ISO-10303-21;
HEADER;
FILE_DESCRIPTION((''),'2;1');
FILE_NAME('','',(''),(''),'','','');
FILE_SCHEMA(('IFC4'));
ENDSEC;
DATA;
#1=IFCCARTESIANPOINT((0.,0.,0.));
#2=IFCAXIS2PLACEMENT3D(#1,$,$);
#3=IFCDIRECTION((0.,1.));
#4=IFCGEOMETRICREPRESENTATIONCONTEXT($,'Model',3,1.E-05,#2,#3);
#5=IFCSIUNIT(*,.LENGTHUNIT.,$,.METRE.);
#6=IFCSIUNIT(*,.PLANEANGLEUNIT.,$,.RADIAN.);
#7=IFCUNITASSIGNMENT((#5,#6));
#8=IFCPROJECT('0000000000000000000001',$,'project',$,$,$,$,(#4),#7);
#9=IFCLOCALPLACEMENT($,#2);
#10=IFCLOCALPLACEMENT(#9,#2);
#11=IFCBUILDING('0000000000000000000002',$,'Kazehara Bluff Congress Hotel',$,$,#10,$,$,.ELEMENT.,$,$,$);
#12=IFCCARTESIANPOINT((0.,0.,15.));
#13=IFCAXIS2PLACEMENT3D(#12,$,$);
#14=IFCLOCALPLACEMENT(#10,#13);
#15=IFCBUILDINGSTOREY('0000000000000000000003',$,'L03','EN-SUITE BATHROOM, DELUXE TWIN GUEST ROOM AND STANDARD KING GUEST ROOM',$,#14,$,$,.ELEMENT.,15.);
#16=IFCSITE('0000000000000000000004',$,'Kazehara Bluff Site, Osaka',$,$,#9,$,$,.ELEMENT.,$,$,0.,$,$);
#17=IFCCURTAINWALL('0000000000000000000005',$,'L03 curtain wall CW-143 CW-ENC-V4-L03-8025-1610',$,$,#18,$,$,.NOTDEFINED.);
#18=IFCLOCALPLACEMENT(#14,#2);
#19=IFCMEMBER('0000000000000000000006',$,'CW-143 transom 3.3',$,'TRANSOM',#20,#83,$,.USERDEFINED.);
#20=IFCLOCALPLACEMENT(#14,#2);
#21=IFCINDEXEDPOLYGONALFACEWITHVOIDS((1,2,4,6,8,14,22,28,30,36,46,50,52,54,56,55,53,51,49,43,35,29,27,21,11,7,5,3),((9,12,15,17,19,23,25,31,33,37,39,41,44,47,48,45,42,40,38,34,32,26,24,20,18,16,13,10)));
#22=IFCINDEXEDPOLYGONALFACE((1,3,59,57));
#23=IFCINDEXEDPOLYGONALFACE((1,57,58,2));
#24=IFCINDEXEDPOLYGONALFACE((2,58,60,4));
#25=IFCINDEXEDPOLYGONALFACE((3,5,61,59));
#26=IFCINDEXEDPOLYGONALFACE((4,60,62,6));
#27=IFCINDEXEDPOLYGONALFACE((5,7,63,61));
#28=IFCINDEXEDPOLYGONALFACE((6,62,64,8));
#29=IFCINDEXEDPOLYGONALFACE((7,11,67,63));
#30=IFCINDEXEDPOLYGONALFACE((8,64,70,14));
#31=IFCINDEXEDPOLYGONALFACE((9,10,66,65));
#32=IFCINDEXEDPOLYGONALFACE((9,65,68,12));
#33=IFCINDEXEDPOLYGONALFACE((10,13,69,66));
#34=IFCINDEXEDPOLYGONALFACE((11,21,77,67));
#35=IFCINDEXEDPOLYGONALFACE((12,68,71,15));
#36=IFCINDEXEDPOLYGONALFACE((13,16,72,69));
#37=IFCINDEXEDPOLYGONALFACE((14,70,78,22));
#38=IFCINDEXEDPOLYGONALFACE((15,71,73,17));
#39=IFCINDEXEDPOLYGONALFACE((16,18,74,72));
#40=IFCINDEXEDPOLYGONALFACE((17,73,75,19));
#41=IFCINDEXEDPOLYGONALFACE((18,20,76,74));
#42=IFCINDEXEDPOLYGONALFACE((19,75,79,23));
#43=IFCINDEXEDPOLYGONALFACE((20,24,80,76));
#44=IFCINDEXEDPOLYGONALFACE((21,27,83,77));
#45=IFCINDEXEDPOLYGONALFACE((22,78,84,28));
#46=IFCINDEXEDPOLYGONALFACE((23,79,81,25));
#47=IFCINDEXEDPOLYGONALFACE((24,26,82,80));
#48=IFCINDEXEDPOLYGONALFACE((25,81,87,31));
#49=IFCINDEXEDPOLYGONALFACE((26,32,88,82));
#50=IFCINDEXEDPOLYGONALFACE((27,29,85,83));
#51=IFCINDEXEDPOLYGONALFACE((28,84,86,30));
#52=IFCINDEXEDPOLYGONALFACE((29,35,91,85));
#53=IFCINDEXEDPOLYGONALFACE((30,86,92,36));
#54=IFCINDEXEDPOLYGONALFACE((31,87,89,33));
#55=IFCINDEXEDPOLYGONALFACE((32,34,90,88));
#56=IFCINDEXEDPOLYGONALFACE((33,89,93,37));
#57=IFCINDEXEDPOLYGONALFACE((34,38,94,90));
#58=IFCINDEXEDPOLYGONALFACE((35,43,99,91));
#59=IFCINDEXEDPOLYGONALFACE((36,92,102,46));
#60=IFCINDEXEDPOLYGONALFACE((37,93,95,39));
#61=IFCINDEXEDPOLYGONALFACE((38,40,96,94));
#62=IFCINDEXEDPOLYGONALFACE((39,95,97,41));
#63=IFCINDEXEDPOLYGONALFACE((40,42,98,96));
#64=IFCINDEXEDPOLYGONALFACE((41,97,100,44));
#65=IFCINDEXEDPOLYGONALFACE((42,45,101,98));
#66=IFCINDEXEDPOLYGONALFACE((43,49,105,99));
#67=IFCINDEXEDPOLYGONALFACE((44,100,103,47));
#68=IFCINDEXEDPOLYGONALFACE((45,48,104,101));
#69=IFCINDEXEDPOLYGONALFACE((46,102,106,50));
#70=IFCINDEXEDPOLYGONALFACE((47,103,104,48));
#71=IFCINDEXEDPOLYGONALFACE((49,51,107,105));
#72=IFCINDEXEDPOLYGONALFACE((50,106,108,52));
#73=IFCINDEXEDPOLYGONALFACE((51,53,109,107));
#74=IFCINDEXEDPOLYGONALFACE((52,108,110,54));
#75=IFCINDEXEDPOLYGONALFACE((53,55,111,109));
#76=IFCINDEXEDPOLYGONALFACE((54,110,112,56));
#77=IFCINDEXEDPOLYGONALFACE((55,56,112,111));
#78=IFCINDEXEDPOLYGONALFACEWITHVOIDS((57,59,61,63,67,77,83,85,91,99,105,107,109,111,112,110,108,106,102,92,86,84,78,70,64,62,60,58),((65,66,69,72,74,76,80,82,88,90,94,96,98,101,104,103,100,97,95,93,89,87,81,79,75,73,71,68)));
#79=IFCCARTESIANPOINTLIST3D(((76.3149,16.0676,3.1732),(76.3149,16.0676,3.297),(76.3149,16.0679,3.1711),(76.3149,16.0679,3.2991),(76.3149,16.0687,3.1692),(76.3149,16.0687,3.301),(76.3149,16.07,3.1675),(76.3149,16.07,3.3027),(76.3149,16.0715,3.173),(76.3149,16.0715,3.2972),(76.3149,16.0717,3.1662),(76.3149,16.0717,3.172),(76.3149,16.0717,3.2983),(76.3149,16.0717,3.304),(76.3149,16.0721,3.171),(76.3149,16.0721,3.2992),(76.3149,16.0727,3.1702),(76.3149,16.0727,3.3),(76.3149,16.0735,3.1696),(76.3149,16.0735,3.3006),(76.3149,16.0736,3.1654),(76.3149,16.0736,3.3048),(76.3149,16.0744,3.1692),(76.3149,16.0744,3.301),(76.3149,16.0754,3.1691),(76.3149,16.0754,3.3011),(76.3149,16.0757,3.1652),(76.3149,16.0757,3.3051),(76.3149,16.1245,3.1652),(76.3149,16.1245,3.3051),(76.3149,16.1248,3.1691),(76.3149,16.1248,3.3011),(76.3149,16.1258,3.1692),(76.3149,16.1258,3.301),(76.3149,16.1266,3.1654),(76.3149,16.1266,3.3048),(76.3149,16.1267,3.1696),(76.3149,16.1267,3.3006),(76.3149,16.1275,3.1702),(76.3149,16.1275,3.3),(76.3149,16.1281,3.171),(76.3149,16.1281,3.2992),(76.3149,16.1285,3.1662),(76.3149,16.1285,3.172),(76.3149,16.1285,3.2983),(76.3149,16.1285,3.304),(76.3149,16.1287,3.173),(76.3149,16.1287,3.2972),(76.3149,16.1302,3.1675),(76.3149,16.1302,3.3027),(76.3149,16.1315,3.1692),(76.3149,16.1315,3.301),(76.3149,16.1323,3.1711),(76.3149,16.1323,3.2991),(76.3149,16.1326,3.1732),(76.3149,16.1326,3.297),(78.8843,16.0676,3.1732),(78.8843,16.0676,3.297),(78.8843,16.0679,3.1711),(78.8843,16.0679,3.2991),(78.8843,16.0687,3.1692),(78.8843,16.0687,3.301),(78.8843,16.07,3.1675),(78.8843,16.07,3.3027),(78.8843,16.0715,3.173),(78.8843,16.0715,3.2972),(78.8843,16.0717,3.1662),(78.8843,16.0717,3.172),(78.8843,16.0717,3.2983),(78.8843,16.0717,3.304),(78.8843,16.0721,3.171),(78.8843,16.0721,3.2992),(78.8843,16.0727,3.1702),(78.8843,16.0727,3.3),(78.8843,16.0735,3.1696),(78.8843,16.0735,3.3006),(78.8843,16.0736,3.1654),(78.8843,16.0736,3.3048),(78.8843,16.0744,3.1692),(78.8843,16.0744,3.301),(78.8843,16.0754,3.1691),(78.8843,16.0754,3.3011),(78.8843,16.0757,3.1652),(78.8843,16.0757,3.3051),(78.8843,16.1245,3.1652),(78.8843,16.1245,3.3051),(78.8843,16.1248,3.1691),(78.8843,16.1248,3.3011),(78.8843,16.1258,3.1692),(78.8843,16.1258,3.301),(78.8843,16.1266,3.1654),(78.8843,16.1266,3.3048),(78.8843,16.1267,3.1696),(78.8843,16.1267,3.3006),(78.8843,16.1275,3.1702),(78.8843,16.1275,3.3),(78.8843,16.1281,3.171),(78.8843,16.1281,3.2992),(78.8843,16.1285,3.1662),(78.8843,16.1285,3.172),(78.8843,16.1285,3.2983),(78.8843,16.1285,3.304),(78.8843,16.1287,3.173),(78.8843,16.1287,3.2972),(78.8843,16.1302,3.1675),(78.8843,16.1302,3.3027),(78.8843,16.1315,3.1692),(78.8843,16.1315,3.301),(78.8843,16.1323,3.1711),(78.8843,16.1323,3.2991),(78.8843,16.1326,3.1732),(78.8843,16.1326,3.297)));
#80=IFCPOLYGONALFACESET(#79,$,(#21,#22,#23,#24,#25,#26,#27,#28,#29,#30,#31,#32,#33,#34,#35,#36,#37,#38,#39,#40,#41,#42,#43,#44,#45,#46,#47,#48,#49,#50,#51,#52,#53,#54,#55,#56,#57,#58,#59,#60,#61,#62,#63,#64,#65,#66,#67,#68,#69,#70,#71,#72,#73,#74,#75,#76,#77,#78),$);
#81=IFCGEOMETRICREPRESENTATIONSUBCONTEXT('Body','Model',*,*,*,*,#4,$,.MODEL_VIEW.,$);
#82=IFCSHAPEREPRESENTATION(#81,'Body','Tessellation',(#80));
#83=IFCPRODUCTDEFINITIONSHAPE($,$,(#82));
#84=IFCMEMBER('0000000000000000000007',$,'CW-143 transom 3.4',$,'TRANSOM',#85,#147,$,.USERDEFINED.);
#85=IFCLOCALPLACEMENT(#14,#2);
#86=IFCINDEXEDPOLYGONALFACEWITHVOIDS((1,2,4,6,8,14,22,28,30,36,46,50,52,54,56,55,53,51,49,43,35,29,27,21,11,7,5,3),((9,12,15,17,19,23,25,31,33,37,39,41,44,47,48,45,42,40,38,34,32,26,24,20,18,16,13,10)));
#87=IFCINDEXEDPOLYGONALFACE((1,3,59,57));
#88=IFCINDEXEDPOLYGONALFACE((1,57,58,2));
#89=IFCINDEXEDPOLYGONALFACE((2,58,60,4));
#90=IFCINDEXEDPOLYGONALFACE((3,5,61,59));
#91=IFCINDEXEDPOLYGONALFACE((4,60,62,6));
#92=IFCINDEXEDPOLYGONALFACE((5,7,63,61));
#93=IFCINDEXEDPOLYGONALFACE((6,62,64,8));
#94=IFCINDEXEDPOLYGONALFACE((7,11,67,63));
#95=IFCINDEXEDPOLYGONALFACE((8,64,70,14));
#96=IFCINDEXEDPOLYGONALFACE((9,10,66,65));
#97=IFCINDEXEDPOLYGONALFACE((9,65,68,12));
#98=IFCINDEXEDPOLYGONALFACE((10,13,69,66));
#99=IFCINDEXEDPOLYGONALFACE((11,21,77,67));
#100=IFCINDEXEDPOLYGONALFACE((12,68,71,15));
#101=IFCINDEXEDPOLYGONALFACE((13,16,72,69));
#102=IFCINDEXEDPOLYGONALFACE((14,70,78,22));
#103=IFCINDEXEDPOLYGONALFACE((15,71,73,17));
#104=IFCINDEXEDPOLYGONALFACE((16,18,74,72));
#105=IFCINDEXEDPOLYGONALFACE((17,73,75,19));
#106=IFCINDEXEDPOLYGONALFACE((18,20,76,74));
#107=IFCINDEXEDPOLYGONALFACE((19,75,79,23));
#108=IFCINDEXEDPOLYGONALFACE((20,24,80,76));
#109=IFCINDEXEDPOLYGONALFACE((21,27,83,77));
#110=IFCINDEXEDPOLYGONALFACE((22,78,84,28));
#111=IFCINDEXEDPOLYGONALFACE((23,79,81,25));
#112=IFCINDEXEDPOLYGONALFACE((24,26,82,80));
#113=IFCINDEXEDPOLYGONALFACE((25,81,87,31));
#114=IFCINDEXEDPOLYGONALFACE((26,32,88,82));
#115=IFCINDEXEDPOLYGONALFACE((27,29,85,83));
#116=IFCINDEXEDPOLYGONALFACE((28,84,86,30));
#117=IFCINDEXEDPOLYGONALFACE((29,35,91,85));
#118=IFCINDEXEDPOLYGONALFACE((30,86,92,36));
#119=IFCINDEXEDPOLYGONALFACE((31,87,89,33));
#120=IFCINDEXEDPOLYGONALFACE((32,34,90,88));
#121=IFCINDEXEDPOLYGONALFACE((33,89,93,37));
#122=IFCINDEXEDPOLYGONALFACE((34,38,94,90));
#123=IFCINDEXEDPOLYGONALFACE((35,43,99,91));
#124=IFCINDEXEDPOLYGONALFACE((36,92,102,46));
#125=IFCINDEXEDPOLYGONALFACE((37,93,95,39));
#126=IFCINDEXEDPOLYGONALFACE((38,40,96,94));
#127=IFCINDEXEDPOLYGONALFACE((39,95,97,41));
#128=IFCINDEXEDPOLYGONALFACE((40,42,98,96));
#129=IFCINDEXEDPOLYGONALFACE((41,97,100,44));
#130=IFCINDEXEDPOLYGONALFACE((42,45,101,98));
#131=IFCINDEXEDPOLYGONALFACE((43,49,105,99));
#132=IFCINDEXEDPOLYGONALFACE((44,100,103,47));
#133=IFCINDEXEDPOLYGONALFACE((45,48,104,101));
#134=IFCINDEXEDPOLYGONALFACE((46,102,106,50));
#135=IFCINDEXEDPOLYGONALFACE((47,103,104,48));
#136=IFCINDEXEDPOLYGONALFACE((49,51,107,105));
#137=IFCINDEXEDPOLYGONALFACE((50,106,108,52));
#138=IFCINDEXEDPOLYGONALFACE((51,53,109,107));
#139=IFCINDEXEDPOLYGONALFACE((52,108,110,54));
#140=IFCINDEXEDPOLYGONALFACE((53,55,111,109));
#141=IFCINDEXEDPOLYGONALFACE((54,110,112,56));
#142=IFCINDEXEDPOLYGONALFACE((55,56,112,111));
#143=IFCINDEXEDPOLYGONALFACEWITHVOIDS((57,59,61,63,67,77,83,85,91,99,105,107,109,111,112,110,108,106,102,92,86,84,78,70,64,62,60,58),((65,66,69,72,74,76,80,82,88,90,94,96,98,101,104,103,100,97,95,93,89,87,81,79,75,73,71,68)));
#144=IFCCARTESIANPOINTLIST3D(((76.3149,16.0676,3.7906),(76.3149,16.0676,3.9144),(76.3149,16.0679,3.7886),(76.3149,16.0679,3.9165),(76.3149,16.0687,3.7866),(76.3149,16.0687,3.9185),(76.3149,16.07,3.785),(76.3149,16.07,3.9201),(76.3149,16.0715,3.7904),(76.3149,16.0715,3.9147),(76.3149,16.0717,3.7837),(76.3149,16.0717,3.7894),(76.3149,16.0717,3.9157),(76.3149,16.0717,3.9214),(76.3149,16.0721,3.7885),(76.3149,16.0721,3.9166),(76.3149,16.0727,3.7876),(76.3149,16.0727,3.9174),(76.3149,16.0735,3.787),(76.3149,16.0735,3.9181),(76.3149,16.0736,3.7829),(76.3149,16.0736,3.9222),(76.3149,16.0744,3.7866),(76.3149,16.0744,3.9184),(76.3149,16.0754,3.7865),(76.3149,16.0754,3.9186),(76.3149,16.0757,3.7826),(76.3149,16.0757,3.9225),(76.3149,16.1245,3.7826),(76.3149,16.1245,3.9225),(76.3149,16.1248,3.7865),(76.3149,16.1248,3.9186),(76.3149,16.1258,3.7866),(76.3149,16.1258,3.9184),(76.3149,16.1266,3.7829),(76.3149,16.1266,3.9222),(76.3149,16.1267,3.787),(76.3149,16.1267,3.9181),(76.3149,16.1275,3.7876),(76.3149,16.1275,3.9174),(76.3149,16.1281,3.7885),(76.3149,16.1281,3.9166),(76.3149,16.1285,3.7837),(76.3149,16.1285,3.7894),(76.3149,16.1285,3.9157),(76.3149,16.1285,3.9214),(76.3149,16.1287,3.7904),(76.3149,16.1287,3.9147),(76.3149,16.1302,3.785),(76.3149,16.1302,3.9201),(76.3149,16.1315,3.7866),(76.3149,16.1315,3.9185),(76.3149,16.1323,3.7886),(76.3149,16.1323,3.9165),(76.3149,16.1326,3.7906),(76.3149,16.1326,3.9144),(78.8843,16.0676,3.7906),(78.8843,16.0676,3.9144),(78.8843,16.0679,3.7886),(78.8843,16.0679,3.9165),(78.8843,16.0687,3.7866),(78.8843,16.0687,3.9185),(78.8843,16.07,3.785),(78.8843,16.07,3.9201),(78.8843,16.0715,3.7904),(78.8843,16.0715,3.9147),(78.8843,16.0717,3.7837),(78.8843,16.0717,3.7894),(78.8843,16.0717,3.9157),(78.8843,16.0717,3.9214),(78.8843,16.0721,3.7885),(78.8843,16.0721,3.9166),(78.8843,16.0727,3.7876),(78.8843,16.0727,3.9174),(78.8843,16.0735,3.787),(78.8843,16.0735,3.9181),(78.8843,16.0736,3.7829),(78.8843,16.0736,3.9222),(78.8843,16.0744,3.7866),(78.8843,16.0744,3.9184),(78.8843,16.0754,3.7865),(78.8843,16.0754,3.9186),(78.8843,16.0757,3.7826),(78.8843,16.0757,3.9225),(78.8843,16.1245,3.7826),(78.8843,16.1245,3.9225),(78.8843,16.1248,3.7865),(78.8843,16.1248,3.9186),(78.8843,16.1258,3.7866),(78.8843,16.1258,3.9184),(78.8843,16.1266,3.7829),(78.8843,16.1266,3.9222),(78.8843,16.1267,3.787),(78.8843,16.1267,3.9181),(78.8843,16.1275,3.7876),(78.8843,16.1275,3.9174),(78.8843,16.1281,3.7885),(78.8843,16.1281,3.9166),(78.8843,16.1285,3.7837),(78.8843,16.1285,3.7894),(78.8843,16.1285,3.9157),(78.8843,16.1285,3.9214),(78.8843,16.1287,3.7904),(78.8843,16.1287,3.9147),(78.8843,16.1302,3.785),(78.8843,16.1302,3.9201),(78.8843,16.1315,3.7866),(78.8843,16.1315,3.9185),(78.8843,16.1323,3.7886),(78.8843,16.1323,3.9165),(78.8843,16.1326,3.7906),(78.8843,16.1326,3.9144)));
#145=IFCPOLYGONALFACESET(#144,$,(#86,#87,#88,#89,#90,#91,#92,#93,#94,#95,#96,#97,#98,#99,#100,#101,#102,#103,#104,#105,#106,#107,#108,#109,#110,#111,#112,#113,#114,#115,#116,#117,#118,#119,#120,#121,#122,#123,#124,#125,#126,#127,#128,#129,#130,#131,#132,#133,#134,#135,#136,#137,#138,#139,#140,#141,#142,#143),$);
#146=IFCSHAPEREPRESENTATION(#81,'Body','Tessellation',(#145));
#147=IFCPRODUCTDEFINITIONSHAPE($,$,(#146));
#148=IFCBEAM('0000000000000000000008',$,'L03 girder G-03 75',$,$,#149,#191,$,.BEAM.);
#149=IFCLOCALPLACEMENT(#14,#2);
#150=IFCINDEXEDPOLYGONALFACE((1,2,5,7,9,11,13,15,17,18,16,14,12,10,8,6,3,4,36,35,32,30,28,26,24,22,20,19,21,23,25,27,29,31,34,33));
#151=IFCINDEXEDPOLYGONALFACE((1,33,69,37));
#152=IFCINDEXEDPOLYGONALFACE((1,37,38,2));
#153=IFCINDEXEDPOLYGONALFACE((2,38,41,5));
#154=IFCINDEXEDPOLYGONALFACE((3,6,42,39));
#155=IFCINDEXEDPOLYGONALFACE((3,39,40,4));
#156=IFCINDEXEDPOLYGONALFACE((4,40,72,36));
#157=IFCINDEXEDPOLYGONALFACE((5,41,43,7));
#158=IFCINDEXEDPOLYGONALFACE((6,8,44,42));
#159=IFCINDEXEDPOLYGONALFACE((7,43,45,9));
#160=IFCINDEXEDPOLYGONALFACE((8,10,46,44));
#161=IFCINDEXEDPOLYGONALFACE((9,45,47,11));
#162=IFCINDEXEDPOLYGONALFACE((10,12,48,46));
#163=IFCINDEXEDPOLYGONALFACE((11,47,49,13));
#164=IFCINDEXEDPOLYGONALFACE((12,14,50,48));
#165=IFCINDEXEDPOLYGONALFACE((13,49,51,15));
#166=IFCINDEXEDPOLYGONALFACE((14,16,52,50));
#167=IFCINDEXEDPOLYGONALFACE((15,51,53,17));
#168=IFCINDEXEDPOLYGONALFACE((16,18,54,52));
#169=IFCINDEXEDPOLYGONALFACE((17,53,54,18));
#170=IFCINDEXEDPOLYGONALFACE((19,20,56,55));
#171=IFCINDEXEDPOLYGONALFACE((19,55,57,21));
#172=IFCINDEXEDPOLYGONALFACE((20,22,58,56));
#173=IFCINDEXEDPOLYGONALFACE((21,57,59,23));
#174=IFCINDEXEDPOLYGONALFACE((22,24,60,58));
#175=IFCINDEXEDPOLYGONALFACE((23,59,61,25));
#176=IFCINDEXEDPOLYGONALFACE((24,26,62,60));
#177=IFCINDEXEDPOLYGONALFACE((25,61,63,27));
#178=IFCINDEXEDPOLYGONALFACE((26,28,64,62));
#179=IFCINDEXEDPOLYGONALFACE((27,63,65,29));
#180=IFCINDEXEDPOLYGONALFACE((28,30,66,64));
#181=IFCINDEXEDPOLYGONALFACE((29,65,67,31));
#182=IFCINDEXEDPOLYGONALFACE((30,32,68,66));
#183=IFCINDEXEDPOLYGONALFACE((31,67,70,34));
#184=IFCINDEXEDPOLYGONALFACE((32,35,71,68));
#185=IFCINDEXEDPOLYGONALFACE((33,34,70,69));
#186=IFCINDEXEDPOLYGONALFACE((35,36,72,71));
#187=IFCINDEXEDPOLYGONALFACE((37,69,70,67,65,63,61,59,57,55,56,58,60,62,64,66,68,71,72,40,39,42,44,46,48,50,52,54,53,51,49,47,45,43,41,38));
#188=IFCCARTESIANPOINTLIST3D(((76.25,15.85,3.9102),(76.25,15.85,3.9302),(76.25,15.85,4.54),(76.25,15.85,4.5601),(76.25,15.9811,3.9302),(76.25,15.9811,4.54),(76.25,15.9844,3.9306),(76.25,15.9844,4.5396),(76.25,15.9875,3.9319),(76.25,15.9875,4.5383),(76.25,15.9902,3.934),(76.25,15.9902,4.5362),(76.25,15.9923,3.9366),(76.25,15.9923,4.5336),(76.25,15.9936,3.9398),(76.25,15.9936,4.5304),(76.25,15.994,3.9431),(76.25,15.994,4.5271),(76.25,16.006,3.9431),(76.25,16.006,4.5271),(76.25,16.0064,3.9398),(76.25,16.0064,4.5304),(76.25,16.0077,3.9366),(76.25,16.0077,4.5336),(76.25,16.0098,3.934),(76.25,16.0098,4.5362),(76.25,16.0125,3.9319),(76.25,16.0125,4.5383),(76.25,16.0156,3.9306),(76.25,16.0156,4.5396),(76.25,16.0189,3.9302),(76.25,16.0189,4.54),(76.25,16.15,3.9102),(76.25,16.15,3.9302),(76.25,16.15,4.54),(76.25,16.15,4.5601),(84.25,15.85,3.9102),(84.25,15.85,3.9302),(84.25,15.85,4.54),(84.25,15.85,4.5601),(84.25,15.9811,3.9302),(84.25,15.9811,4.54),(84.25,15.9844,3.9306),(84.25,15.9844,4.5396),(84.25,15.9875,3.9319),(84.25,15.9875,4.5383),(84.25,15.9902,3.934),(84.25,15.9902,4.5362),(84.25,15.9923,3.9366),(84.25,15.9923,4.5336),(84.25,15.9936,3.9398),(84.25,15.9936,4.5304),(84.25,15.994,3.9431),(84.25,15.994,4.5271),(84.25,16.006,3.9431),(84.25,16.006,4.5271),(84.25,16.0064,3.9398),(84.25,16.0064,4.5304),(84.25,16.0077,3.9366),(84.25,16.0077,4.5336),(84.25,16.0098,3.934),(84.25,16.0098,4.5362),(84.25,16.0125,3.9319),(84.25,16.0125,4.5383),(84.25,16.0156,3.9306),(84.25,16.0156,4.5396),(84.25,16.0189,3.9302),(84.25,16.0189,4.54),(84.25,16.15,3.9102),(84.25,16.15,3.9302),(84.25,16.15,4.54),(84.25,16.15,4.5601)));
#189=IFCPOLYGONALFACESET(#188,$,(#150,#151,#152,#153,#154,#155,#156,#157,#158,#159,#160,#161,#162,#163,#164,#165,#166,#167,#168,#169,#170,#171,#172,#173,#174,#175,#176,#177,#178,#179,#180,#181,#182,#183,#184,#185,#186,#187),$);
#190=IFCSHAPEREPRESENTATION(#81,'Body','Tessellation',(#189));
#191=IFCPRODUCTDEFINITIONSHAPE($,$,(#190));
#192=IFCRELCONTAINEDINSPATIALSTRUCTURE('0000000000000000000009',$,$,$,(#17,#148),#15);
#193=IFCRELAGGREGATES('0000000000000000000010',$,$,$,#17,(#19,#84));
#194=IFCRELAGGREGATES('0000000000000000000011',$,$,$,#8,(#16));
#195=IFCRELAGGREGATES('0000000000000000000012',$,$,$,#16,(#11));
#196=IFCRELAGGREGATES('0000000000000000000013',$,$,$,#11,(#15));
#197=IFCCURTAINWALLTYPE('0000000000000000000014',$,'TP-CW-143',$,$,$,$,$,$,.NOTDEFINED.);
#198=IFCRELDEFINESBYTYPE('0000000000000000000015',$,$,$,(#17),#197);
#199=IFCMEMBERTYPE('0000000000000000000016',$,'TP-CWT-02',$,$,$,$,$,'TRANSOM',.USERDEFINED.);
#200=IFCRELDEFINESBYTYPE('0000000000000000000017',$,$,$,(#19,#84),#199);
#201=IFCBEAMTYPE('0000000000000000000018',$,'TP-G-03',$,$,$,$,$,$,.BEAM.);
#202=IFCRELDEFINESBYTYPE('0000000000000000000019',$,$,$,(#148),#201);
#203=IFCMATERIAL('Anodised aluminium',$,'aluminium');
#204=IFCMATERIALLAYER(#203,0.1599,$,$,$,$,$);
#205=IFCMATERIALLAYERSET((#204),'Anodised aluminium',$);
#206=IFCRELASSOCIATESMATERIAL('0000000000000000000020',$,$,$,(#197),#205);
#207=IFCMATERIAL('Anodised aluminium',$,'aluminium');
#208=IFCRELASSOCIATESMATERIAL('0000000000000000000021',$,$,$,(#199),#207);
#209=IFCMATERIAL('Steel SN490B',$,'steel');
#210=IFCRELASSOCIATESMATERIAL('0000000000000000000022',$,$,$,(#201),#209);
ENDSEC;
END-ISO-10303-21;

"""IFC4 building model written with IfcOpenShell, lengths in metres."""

from ifc_helpers import new_model, si_unit, direction, frame, origin, origin_2d, place, context, subcontext, project, spatial, hollow_rectangle, i_section, extrude, material, layer, layer_set, material_profile, profile_set, type_object, element, aggregate, save


model = new_model("IFC4")

# Units and contexts
model_context = context("Model", 3, precision=1e-05, world=origin(), true_north=direction((0.0, 1.0)))
body_context = subcontext(model_context, "Body", "Model", "MODEL_VIEW")
ifc_project = project(units=[si_unit("LENGTHUNIT", "METRE"), si_unit("PLANEANGLEUNIT", "RADIAN")], contexts=[model_context])

# Site, building, storey
site_placement = place(None, origin())
site = spatial("IfcSite", under=ifc_project, at=site_placement, Name="Kazehara Bluff Site, Osaka", CompositionType="ELEMENT", RefElevation=0.0)
building_placement = place(site_placement, origin())
building = spatial("IfcBuilding", under=site, at=building_placement, Name="Kazehara Bluff Congress Hotel", CompositionType="ELEMENT")
storey_placement = place(building_placement, frame((0.0, 0.0, 15.0)))
storey = spatial("IfcBuildingStorey", under=building, at=storey_placement, Name="L03", Description="EN-SUITE BATHROOM, DELUXE TWIN GUEST ROOM AND STANDARD KING GUEST ROOM", CompositionType="ELEMENT", Elevation=15.0)

# Curtain wall, members
ifc_material_1 = material(Name="Anodised aluminium", Category="aluminium")
ifc_layer_1 = layer(ifc_material_1, 0.1599)
ifc_layer_set_1 = layer_set([ifc_layer_1], Name="Anodised aluminium")
curtain_wall_type = type_object("IfcCurtainWallType", Name="TP-CW-143", PredefinedType="NOTDEFINED", material=ifc_layer_set_1)
curtain_wall_placement = place(storey_placement, origin())
curtain_wall = element("IfcCurtainWall", 1, at=curtain_wall_placement, inside=storey, type_object=curtain_wall_type, Name="L03 curtain wall CW-143 CW-ENC-V4-L03-8025-1610", PredefinedType="NOTDEFINED")
ifc_material_2 = material(Name="Anodised aluminium", Category="aluminium")
ifc_material_profile_1 = material_profile(ifc_material_2, hollow_rectangle(XDim=0.0649, YDim=0.1399, WallThickness=0.0039, InnerFilletRadius=0.0039, OuterFilletRadius=0.0081, at=origin_2d()))
ifc_profile_set_1 = profile_set([ifc_material_profile_1], Name="Anodised aluminium")
member_type_1 = type_object("IfcMemberType", Name="TP-CWT-02", ElementType="TRANSOM", PredefinedType="USERDEFINED", material=ifc_profile_set_1)
member_1_placement = place(storey_placement, frame((78.8843, 16.1001, 3.2351), z_axis=(-1.0, 0.0, 0.0), x_axis=(0.0, -1.0, 0.0)))
member_1 = element("IfcMember", 2, at=member_1_placement, type_object=member_type_1, Name="CW-143 transom 3.3", ObjectType="TRANSOM", PredefinedType="USERDEFINED", context=body_context, shape_type="SweptSolid", body=[
    extrude(hollow_rectangle(XDim=0.0649, YDim=0.1399, WallThickness=0.0039, InnerFilletRadius=0.0039, OuterFilletRadius=0.0081, at=origin_2d()), origin(), (0.0, 0.0, 1.0), 2.5693),
])
member_2_placement = place(storey_placement, frame((78.8843, 16.1001, 3.8525), z_axis=(-1.0, 0.0, 0.0), x_axis=(0.0, -1.0, 0.0)))
member_2 = element("IfcMember", 3, at=member_2_placement, type_object=member_type_1, Name="CW-143 transom 3.4", ObjectType="TRANSOM", PredefinedType="USERDEFINED", context=body_context, shape_type="SweptSolid", body=[
    extrude(hollow_rectangle(XDim=0.0649, YDim=0.1399, WallThickness=0.0039, InnerFilletRadius=0.0039, OuterFilletRadius=0.0081, at=origin_2d()), origin(), (0.0, 0.0, 1.0), 2.5693),
])

# Beam
ifc_material_3 = material(Name="Steel SN490B", Category="steel")
ifc_material_profile_2 = material_profile(ifc_material_3, i_section(OverallWidth=0.3, OverallDepth=0.6499, WebThickness=0.012, FlangeThickness=0.02, FilletRadius=0.0129, at=origin_2d()))
ifc_profile_set_2 = profile_set([ifc_material_profile_2], Name="Steel SN490B")
beam_type = type_object("IfcBeamType", Name="TP-G-03", PredefinedType="BEAM", material=ifc_profile_set_2)
beam_placement = place(storey_placement, frame((76.25, 16.0, 4.2351), z_axis=(1.0, 0.0, 0.0), x_axis=(0.0, 1.0, 0.0)))
element("IfcBeam", 4, at=beam_placement, inside=storey, type_object=beam_type, Name="L03 girder G-03 75", PredefinedType="BEAM", context=body_context, shape_type="SweptSolid", body=[
    extrude(i_section(OverallWidth=0.3, OverallDepth=0.6499, WebThickness=0.012, FlangeThickness=0.02, FilletRadius=0.0129, at=origin_2d()), origin(), (0.0, 0.0, 1.0), 8.0),
])

aggregate(curtain_wall, [member_1, member_2])

save(model, "model.ifc")
